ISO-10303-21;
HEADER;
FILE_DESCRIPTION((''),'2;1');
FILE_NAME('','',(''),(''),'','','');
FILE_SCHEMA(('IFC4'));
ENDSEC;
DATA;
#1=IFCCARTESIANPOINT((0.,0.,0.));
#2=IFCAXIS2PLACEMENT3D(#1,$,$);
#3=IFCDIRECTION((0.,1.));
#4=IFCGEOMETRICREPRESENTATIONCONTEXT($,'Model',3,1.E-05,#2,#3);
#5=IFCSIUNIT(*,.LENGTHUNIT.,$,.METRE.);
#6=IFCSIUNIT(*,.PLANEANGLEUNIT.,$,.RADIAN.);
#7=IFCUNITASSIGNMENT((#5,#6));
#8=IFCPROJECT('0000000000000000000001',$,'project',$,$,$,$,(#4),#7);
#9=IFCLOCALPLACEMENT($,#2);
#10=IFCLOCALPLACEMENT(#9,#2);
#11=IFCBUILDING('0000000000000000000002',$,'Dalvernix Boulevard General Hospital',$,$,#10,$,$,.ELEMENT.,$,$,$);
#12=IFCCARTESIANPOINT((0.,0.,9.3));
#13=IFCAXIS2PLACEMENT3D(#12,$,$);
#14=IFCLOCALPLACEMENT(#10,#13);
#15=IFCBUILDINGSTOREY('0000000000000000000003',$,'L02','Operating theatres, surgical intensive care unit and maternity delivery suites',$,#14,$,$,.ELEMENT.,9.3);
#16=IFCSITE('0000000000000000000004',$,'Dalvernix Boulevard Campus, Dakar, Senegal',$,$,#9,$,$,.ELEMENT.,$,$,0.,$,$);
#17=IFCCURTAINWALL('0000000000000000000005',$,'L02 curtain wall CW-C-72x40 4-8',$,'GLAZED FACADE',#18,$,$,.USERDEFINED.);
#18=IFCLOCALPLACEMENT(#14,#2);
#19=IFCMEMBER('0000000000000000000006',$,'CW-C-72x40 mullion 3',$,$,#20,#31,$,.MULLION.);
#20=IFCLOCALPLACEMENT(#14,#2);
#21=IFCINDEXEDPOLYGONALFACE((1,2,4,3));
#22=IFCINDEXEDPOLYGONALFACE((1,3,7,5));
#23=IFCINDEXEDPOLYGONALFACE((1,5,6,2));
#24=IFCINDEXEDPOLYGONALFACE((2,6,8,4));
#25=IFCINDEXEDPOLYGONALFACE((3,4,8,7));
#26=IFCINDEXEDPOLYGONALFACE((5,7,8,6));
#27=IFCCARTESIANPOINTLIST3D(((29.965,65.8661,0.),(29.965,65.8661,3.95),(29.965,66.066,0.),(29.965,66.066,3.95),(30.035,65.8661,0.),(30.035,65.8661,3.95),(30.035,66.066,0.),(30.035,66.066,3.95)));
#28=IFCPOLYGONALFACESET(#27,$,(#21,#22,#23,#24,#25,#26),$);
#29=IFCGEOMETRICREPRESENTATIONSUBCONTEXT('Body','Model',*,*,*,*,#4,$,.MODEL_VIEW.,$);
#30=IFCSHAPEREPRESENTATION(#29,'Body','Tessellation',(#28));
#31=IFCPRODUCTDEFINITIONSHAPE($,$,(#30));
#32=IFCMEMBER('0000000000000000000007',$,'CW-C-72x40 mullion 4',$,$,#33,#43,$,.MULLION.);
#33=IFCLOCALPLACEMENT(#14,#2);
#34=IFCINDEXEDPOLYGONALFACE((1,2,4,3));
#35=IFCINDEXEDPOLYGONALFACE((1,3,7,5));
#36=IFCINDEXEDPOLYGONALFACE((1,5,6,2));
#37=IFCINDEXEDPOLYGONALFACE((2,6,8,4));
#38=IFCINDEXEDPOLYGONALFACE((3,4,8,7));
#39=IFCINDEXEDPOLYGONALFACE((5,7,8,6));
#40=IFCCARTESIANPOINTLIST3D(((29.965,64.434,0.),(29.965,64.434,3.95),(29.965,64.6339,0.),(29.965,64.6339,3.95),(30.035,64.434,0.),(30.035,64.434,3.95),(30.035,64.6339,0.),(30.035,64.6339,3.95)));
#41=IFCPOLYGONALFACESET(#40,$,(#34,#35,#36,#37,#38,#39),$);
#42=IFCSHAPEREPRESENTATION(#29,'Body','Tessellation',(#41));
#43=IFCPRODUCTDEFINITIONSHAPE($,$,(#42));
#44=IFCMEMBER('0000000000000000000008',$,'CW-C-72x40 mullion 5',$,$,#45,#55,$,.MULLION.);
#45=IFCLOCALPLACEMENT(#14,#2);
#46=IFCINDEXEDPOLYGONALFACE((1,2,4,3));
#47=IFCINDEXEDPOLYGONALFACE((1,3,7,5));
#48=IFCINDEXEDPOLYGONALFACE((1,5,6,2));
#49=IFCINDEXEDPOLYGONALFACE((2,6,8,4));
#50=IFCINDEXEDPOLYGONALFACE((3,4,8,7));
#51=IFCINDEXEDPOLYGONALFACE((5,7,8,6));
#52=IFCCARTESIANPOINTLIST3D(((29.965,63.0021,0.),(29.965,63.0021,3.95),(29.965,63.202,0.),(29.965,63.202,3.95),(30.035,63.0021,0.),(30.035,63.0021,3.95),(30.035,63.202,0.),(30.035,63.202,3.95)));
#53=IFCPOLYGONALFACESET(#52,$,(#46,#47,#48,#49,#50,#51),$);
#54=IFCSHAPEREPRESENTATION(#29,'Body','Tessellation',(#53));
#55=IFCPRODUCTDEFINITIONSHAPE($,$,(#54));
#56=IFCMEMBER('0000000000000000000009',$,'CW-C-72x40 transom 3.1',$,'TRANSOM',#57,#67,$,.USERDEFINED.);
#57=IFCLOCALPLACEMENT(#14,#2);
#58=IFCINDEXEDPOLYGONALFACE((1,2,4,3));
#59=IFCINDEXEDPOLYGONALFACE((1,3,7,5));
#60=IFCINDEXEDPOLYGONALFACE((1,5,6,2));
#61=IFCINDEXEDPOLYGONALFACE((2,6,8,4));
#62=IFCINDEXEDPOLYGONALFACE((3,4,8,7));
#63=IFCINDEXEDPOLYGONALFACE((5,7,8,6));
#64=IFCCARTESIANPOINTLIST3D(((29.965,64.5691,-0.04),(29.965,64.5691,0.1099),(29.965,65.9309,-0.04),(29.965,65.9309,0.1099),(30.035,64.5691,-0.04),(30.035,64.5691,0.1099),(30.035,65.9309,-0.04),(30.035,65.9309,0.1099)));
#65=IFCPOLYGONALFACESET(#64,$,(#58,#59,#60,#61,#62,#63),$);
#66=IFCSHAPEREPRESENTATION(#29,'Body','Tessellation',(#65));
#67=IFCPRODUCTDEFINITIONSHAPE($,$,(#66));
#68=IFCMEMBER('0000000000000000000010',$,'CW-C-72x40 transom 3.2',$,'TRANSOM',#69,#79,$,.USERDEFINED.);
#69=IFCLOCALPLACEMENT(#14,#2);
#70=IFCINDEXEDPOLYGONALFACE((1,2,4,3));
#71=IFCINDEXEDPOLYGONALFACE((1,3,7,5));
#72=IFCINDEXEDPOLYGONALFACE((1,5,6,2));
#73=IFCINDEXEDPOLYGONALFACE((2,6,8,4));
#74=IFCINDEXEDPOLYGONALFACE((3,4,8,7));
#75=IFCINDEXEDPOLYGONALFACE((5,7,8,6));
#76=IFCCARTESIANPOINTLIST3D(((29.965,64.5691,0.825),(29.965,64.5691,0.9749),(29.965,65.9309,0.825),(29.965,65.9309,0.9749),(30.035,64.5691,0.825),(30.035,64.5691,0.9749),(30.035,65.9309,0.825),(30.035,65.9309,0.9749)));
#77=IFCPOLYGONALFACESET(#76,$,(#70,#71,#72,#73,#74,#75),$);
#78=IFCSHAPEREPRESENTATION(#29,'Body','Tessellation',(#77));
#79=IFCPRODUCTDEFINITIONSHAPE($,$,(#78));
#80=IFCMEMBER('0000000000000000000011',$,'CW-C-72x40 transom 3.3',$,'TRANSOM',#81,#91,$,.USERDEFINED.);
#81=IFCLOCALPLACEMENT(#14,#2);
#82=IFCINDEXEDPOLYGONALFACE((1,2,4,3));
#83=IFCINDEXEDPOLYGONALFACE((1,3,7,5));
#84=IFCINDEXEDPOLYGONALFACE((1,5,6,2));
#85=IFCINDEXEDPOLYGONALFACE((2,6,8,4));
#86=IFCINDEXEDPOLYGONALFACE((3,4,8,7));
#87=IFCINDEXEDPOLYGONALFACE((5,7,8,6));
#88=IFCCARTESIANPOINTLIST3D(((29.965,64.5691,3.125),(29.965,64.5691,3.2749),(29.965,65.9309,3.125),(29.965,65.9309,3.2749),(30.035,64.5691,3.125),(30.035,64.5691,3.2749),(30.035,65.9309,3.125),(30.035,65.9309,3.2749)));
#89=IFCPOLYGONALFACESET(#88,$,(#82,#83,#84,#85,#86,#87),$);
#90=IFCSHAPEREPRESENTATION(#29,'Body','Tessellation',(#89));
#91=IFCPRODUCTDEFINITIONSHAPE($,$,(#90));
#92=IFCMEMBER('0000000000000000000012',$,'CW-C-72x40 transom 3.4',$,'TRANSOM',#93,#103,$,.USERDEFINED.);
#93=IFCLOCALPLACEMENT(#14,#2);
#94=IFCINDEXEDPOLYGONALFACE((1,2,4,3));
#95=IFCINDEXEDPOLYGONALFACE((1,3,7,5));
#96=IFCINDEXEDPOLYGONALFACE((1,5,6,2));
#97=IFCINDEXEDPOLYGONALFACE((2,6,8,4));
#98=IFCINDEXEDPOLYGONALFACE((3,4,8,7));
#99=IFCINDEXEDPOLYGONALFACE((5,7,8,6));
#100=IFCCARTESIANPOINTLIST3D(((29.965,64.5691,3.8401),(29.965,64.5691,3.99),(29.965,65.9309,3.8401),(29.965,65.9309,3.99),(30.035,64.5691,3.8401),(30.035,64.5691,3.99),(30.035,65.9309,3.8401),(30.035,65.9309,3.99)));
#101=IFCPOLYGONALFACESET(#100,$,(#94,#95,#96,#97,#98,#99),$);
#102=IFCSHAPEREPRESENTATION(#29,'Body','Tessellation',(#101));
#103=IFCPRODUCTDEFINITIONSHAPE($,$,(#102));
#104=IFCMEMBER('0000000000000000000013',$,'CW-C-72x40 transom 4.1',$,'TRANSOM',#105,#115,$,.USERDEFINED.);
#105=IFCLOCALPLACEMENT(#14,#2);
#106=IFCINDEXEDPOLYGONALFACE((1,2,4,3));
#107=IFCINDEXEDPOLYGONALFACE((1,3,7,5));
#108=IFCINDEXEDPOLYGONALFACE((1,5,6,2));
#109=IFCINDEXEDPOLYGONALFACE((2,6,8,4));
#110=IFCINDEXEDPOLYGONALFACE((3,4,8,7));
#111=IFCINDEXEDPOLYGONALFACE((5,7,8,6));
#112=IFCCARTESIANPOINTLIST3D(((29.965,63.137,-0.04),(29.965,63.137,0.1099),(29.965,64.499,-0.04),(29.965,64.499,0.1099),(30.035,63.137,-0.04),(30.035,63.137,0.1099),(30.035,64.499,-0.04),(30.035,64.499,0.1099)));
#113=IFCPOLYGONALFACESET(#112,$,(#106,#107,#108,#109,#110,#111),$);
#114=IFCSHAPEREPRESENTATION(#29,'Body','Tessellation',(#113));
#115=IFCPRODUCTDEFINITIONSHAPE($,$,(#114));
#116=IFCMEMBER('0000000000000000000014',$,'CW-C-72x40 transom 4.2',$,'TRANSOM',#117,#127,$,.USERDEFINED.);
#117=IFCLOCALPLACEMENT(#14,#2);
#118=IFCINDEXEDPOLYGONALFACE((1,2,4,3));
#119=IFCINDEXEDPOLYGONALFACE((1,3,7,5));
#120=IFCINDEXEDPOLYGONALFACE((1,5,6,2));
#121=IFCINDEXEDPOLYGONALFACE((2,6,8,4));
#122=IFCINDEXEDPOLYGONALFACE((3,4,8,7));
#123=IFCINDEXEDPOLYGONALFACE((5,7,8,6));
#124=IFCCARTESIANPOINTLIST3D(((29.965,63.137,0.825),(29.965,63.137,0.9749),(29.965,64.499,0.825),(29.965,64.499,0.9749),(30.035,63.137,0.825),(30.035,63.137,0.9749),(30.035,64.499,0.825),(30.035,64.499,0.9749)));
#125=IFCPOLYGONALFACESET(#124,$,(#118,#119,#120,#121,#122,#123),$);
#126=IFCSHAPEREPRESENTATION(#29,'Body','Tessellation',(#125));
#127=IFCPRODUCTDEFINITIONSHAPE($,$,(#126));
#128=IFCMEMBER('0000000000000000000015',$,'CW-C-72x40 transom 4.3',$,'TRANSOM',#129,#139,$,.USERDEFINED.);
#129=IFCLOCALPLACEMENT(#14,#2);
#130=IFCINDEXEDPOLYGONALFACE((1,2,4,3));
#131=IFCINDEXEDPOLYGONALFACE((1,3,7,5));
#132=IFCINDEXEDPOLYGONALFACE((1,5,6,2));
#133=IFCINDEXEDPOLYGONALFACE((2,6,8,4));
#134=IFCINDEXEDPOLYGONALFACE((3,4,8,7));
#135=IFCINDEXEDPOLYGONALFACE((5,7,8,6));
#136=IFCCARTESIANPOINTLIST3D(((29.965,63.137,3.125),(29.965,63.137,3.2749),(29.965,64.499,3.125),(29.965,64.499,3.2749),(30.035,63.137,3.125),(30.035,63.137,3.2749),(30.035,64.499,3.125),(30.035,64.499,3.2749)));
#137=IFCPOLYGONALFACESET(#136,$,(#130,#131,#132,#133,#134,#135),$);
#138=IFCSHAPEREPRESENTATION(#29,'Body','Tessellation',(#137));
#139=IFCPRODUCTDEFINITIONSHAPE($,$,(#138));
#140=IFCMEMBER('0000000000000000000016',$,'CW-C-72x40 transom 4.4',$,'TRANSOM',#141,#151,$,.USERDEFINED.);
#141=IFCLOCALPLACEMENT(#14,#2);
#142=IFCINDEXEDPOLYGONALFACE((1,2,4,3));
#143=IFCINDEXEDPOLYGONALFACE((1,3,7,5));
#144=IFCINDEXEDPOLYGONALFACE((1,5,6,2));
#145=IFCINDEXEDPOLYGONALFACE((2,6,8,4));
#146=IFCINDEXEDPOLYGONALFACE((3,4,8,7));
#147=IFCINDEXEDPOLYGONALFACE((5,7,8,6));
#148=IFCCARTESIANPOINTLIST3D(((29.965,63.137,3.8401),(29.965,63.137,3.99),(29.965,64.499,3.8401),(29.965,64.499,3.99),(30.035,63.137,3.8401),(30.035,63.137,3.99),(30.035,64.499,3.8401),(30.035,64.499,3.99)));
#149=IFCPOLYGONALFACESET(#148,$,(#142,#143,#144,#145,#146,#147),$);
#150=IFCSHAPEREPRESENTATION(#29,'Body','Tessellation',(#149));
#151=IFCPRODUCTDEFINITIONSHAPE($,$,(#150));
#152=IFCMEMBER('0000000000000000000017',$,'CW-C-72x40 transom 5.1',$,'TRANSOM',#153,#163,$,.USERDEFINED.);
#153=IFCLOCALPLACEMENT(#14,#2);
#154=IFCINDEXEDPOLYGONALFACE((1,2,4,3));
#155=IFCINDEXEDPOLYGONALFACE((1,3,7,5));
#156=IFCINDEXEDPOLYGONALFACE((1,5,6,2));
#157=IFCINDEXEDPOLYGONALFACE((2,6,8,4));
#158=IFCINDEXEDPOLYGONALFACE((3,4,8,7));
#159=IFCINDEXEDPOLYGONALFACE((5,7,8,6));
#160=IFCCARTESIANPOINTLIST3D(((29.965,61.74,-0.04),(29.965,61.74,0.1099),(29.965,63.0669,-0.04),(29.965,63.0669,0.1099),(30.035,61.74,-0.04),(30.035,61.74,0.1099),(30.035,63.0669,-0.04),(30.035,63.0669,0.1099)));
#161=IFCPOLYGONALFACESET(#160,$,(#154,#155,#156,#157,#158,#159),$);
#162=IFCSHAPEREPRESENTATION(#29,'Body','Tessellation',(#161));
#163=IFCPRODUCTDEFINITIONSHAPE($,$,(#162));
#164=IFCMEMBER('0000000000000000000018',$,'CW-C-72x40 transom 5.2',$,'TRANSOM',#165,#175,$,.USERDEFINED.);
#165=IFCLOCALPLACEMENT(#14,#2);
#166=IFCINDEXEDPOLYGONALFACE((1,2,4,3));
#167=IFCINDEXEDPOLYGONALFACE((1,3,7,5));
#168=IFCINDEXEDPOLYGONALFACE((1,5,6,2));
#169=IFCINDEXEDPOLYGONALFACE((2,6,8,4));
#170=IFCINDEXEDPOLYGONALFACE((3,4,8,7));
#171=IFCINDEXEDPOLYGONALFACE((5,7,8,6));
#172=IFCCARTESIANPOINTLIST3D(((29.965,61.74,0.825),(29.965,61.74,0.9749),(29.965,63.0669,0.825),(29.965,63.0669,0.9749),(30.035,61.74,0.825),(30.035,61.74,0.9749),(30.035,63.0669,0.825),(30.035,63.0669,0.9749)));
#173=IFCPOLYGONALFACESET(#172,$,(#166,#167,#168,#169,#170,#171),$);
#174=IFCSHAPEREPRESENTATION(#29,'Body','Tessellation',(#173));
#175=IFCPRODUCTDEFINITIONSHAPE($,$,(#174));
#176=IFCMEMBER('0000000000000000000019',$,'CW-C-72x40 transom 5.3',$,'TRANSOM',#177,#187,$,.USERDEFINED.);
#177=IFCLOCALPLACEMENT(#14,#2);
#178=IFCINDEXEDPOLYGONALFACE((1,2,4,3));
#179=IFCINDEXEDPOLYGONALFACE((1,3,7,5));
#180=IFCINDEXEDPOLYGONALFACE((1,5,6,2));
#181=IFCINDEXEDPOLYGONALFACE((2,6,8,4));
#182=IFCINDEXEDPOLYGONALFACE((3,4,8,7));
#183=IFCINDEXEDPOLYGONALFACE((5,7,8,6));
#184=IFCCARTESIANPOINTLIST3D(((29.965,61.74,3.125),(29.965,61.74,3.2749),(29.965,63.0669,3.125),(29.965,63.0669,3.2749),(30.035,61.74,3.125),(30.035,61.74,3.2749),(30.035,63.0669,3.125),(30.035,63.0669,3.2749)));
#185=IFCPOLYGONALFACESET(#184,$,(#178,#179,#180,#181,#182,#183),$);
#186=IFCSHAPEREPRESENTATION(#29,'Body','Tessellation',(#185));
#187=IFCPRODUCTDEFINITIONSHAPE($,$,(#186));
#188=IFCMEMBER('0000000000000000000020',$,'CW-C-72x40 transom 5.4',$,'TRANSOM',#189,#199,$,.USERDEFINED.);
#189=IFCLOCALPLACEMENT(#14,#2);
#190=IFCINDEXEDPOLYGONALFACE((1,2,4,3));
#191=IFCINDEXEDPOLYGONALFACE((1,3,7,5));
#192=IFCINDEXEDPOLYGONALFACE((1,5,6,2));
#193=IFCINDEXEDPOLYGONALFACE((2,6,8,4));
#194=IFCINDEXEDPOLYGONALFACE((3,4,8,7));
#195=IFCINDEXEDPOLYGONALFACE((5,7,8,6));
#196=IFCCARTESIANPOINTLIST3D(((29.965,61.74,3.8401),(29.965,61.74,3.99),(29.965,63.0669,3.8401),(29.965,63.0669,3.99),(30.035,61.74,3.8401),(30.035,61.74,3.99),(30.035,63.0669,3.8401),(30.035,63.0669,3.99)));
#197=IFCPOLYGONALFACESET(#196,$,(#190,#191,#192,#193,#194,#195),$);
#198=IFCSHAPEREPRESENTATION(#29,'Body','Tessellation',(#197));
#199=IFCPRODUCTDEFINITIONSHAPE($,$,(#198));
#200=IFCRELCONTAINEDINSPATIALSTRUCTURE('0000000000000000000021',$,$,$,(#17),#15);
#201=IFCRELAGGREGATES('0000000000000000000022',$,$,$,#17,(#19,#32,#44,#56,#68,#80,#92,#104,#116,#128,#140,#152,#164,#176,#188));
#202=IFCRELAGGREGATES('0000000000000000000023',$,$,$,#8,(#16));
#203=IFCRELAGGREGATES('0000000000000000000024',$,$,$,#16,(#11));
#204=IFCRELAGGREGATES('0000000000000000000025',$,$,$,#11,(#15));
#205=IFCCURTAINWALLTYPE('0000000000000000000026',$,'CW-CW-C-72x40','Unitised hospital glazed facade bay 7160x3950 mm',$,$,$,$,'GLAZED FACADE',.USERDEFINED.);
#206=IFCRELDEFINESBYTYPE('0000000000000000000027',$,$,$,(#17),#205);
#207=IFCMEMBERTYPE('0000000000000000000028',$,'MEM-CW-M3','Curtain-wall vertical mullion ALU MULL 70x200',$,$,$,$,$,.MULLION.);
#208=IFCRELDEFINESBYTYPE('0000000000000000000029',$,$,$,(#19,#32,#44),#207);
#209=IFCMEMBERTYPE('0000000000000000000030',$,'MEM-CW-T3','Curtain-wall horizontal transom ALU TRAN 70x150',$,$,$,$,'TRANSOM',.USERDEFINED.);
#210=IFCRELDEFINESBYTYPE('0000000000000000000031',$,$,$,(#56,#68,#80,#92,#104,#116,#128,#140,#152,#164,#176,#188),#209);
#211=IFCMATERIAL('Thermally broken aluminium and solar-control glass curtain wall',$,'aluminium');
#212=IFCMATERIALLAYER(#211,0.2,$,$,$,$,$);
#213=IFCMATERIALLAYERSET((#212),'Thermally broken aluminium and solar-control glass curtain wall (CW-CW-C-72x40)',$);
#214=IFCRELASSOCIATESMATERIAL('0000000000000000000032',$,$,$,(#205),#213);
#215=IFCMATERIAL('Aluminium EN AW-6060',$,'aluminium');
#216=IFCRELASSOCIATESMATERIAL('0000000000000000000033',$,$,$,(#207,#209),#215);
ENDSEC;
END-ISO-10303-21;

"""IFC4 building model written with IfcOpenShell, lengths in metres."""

from ifc_helpers import new_model, si_unit, direction, frame, origin, origin_2d, place, context, subcontext, project, spatial, rectangle, extrude, material, layer, layer_set, material_profile, profile_set, type_object, element, aggregate, save


model = new_model("IFC4")

# Units and contexts
model_context = context("Model", 3, precision=1e-05, world=origin(), true_north=direction((0.0, 1.0)))
body_context = subcontext(model_context, "Body", "Model", "MODEL_VIEW")
ifc_project = project(units=[si_unit("LENGTHUNIT", "METRE"), si_unit("PLANEANGLEUNIT", "RADIAN")], contexts=[model_context])

# Site, building, storey
site_placement = place(None, origin())
site = spatial("IfcSite", under=ifc_project, at=site_placement, Name="Dalvernix Boulevard Campus, Dakar, Senegal", CompositionType="ELEMENT", RefElevation=0.0)
building_placement = place(site_placement, origin())
building = spatial("IfcBuilding", under=site, at=building_placement, Name="Dalvernix Boulevard General Hospital", CompositionType="ELEMENT")
storey_placement = place(building_placement, frame((0.0, 0.0, 9.3)))
storey = spatial("IfcBuildingStorey", under=building, at=storey_placement, Name="L02", Description="Operating theatres, surgical intensive care unit and maternity delivery suites", CompositionType="ELEMENT", Elevation=9.3)

# Curtain wall, members
ifc_material_1 = material(Name="Thermally broken aluminium and solar-control glass curtain wall", Category="aluminium")
ifc_layer_1 = layer(ifc_material_1, 0.2)
ifc_layer_set_1 = layer_set([ifc_layer_1], Name="Thermally broken aluminium and solar-control glass curtain wall (CW-CW-C-72x40)")
curtain_wall_type = type_object("IfcCurtainWallType", Name="CW-CW-C-72x40", Description="Unitised hospital glazed facade bay 7160x3950 mm", ElementType="GLAZED FACADE", PredefinedType="USERDEFINED", material=ifc_layer_set_1)
curtain_wall_placement = place(storey_placement, origin())
curtain_wall = element("IfcCurtainWall", 1, at=curtain_wall_placement, inside=storey, type_object=curtain_wall_type, Name="L02 curtain wall CW-C-72x40 4-8", ObjectType="GLAZED FACADE", PredefinedType="USERDEFINED")
ifc_material_2 = material(Name="Aluminium EN AW-6060", Category="aluminium")
ifc_material_profile_1 = material_profile(ifc_material_2, rectangle(XDim=0.0701, YDim=0.2, at=origin_2d()), Name="ALU MULL 70x200")
ifc_profile_set_1 = profile_set([ifc_material_profile_1], Name="Aluminium EN AW-6060")
member_type_1 = type_object("IfcMemberType", Name="MEM-CW-M3", Description="Curtain-wall vertical mullion ALU MULL 70x200", PredefinedType="MULLION", material=ifc_profile_set_1)
member_1_placement = place(storey_placement, frame((30.0, 65.9661, 0.0), z_axis=(0.0, 0.0, 1.0), x_axis=(1.0, 0.0, 0.0)))
member_1 = element("IfcMember", 2, at=member_1_placement, type_object=member_type_1, Name="CW-C-72x40 mullion 3", PredefinedType="MULLION", context=body_context, shape_type="SweptSolid", body=[
    extrude(rectangle(XDim=0.0701, YDim=0.2, at=origin_2d()), origin(), (0.0, 0.0, 1.0), 3.95),
])
member_2_placement = place(storey_placement, frame((30.0, 64.5339, 0.0), z_axis=(0.0, 0.0, 1.0), x_axis=(1.0, 0.0, 0.0)))
member_2 = element("IfcMember", 3, at=member_2_placement, type_object=member_type_1, Name="CW-C-72x40 mullion 4", PredefinedType="MULLION", context=body_context, shape_type="SweptSolid", body=[
    extrude(rectangle(XDim=0.0701, YDim=0.2, at=origin_2d()), origin(), (0.0, 0.0, 1.0), 3.95),
])
member_3_placement = place(storey_placement, frame((30.0, 63.1021, 0.0), z_axis=(0.0, 0.0, 1.0), x_axis=(1.0, 0.0, 0.0)))
member_3 = element("IfcMember", 4, at=member_3_placement, type_object=member_type_1, Name="CW-C-72x40 mullion 5", PredefinedType="MULLION", context=body_context, shape_type="SweptSolid", body=[
    extrude(rectangle(XDim=0.0701, YDim=0.2, at=origin_2d()), origin(), (0.0, 0.0, 1.0), 3.95),
])
ifc_material_profile_2 = material_profile(ifc_material_2, rectangle(XDim=0.0701, YDim=0.1499, at=origin_2d()), Name="ALU TRAN 70x150")
ifc_profile_set_2 = profile_set([ifc_material_profile_2], Name="Aluminium EN AW-6060")
member_type_2 = type_object("IfcMemberType", Name="MEM-CW-T3", Description="Curtain-wall horizontal transom ALU TRAN 70x150", ElementType="TRANSOM", PredefinedType="USERDEFINED", material=ifc_profile_set_2)
member_4_placement = place(storey_placement, frame((30.0, 65.9309, 0.0349), z_axis=(0.0, -1.0, 0.0), x_axis=(1.0, 0.0, 0.0)))
member_4 = element("IfcMember", 5, at=member_4_placement, type_object=member_type_2, Name="CW-C-72x40 transom 3.1", ObjectType="TRANSOM", PredefinedType="USERDEFINED", context=body_context, shape_type="SweptSolid", body=[
    extrude(rectangle(XDim=0.0701, YDim=0.1499, at=origin_2d()), origin(), (0.0, 0.0, 1.0), 1.3618),
])
member_5_placement = place(storey_placement, frame((30.0, 65.9309, 0.8999), z_axis=(0.0, -1.0, 0.0), x_axis=(1.0, 0.0, 0.0)))
member_5 = element("IfcMember", 6, at=member_5_placement, type_object=member_type_2, Name="CW-C-72x40 transom 3.2", ObjectType="TRANSOM", PredefinedType="USERDEFINED", context=body_context, shape_type="SweptSolid", body=[
    extrude(rectangle(XDim=0.0701, YDim=0.1499, at=origin_2d()), origin(), (0.0, 0.0, 1.0), 1.3618),
])
member_6_placement = place(storey_placement, frame((30.0, 65.9309, 3.2), z_axis=(0.0, -1.0, 0.0), x_axis=(1.0, 0.0, 0.0)))
member_6 = element("IfcMember", 7, at=member_6_placement, type_object=member_type_2, Name="CW-C-72x40 transom 3.3", ObjectType="TRANSOM", PredefinedType="USERDEFINED", context=body_context, shape_type="SweptSolid", body=[
    extrude(rectangle(XDim=0.0701, YDim=0.1499, at=origin_2d()), origin(), (0.0, 0.0, 1.0), 1.3618),
])
member_7_placement = place(storey_placement, frame((30.0, 65.9309, 3.915), z_axis=(0.0, -1.0, 0.0), x_axis=(1.0, 0.0, 0.0)))
member_7 = element("IfcMember", 8, at=member_7_placement, type_object=member_type_2, Name="CW-C-72x40 transom 3.4", ObjectType="TRANSOM", PredefinedType="USERDEFINED", context=body_context, shape_type="SweptSolid", body=[
    extrude(rectangle(XDim=0.0701, YDim=0.1499, at=origin_2d()), origin(), (0.0, 0.0, 1.0), 1.3618),
])
member_8_placement = place(storey_placement, frame((30.0, 64.499, 0.0349), z_axis=(0.0, -1.0, 0.0), x_axis=(1.0, 0.0, 0.0)))
member_8 = element("IfcMember", 9, at=member_8_placement, type_object=member_type_2, Name="CW-C-72x40 transom 4.1", ObjectType="TRANSOM", PredefinedType="USERDEFINED", context=body_context, shape_type="SweptSolid", body=[
    extrude(rectangle(XDim=0.0701, YDim=0.1499, at=origin_2d()), origin(), (0.0, 0.0, 1.0), 1.3621),
])
member_9_placement = place(storey_placement, frame((30.0, 64.499, 0.8999), z_axis=(0.0, -1.0, 0.0), x_axis=(1.0, 0.0, 0.0)))
member_9 = element("IfcMember", 10, at=member_9_placement, type_object=member_type_2, Name="CW-C-72x40 transom 4.2", ObjectType="TRANSOM", PredefinedType="USERDEFINED", context=body_context, shape_type="SweptSolid", body=[
    extrude(rectangle(XDim=0.0701, YDim=0.1499, at=origin_2d()), origin(), (0.0, 0.0, 1.0), 1.3621),
])
member_10_placement = place(storey_placement, frame((30.0, 64.499, 3.2), z_axis=(0.0, -1.0, 0.0), x_axis=(1.0, 0.0, 0.0)))
member_10 = element("IfcMember", 11, at=member_10_placement, type_object=member_type_2, Name="CW-C-72x40 transom 4.3", ObjectType="TRANSOM", PredefinedType="USERDEFINED", context=body_context, shape_type="SweptSolid", body=[
    extrude(rectangle(XDim=0.0701, YDim=0.1499, at=origin_2d()), origin(), (0.0, 0.0, 1.0), 1.3621),
])
member_11_placement = place(storey_placement, frame((30.0, 64.499, 3.915), z_axis=(0.0, -1.0, 0.0), x_axis=(1.0, 0.0, 0.0)))
member_11 = element("IfcMember", 12, at=member_11_placement, type_object=member_type_2, Name="CW-C-72x40 transom 4.4", ObjectType="TRANSOM", PredefinedType="USERDEFINED", context=body_context, shape_type="SweptSolid", body=[
    extrude(rectangle(XDim=0.0701, YDim=0.1499, at=origin_2d()), origin(), (0.0, 0.0, 1.0), 1.3621),
])
member_12_placement = place(storey_placement, frame((30.0, 63.0669, 0.0349), z_axis=(0.0, -1.0, 0.0), x_axis=(1.0, 0.0, 0.0)))
member_12 = element("IfcMember", 13, at=member_12_placement, type_object=member_type_2, Name="CW-C-72x40 transom 5.1", ObjectType="TRANSOM", PredefinedType="USERDEFINED", context=body_context, shape_type="SweptSolid", body=[
    extrude(rectangle(XDim=0.0701, YDim=0.1499, at=origin_2d()), origin(), (0.0, 0.0, 1.0), 1.3269),
])
member_13_placement = place(storey_placement, frame((30.0, 63.0669, 0.8999), z_axis=(0.0, -1.0, 0.0), x_axis=(1.0, 0.0, 0.0)))
member_13 = element("IfcMember", 14, at=member_13_placement, type_object=member_type_2, Name="CW-C-72x40 transom 5.2", ObjectType="TRANSOM", PredefinedType="USERDEFINED", context=body_context, shape_type="SweptSolid", body=[
    extrude(rectangle(XDim=0.0701, YDim=0.1499, at=origin_2d()), origin(), (0.0, 0.0, 1.0), 1.3269),
])
member_14_placement = place(storey_placement, frame((30.0, 63.0669, 3.2), z_axis=(0.0, -1.0, 0.0), x_axis=(1.0, 0.0, 0.0)))
member_14 = element("IfcMember", 15, at=member_14_placement, type_object=member_type_2, Name="CW-C-72x40 transom 5.3", ObjectType="TRANSOM", PredefinedType="USERDEFINED", context=body_context, shape_type="SweptSolid", body=[
    extrude(rectangle(XDim=0.0701, YDim=0.1499, at=origin_2d()), origin(), (0.0, 0.0, 1.0), 1.3269),
])
member_15_placement = place(storey_placement, frame((30.0, 63.0669, 3.915), z_axis=(0.0, -1.0, 0.0), x_axis=(1.0, 0.0, 0.0)))
member_15 = element("IfcMember", 16, at=member_15_placement, type_object=member_type_2, Name="CW-C-72x40 transom 5.4", ObjectType="TRANSOM", PredefinedType="USERDEFINED", context=body_context, shape_type="SweptSolid", body=[
    extrude(rectangle(XDim=0.0701, YDim=0.1499, at=origin_2d()), origin(), (0.0, 0.0, 1.0), 1.3269),
])
aggregate(curtain_wall, [member_1, member_2, member_3, member_4, member_5, member_6, member_7, member_8, member_9, member_10, member_11, member_12, member_13, member_14, member_15])

save(model, "model.ifc")
